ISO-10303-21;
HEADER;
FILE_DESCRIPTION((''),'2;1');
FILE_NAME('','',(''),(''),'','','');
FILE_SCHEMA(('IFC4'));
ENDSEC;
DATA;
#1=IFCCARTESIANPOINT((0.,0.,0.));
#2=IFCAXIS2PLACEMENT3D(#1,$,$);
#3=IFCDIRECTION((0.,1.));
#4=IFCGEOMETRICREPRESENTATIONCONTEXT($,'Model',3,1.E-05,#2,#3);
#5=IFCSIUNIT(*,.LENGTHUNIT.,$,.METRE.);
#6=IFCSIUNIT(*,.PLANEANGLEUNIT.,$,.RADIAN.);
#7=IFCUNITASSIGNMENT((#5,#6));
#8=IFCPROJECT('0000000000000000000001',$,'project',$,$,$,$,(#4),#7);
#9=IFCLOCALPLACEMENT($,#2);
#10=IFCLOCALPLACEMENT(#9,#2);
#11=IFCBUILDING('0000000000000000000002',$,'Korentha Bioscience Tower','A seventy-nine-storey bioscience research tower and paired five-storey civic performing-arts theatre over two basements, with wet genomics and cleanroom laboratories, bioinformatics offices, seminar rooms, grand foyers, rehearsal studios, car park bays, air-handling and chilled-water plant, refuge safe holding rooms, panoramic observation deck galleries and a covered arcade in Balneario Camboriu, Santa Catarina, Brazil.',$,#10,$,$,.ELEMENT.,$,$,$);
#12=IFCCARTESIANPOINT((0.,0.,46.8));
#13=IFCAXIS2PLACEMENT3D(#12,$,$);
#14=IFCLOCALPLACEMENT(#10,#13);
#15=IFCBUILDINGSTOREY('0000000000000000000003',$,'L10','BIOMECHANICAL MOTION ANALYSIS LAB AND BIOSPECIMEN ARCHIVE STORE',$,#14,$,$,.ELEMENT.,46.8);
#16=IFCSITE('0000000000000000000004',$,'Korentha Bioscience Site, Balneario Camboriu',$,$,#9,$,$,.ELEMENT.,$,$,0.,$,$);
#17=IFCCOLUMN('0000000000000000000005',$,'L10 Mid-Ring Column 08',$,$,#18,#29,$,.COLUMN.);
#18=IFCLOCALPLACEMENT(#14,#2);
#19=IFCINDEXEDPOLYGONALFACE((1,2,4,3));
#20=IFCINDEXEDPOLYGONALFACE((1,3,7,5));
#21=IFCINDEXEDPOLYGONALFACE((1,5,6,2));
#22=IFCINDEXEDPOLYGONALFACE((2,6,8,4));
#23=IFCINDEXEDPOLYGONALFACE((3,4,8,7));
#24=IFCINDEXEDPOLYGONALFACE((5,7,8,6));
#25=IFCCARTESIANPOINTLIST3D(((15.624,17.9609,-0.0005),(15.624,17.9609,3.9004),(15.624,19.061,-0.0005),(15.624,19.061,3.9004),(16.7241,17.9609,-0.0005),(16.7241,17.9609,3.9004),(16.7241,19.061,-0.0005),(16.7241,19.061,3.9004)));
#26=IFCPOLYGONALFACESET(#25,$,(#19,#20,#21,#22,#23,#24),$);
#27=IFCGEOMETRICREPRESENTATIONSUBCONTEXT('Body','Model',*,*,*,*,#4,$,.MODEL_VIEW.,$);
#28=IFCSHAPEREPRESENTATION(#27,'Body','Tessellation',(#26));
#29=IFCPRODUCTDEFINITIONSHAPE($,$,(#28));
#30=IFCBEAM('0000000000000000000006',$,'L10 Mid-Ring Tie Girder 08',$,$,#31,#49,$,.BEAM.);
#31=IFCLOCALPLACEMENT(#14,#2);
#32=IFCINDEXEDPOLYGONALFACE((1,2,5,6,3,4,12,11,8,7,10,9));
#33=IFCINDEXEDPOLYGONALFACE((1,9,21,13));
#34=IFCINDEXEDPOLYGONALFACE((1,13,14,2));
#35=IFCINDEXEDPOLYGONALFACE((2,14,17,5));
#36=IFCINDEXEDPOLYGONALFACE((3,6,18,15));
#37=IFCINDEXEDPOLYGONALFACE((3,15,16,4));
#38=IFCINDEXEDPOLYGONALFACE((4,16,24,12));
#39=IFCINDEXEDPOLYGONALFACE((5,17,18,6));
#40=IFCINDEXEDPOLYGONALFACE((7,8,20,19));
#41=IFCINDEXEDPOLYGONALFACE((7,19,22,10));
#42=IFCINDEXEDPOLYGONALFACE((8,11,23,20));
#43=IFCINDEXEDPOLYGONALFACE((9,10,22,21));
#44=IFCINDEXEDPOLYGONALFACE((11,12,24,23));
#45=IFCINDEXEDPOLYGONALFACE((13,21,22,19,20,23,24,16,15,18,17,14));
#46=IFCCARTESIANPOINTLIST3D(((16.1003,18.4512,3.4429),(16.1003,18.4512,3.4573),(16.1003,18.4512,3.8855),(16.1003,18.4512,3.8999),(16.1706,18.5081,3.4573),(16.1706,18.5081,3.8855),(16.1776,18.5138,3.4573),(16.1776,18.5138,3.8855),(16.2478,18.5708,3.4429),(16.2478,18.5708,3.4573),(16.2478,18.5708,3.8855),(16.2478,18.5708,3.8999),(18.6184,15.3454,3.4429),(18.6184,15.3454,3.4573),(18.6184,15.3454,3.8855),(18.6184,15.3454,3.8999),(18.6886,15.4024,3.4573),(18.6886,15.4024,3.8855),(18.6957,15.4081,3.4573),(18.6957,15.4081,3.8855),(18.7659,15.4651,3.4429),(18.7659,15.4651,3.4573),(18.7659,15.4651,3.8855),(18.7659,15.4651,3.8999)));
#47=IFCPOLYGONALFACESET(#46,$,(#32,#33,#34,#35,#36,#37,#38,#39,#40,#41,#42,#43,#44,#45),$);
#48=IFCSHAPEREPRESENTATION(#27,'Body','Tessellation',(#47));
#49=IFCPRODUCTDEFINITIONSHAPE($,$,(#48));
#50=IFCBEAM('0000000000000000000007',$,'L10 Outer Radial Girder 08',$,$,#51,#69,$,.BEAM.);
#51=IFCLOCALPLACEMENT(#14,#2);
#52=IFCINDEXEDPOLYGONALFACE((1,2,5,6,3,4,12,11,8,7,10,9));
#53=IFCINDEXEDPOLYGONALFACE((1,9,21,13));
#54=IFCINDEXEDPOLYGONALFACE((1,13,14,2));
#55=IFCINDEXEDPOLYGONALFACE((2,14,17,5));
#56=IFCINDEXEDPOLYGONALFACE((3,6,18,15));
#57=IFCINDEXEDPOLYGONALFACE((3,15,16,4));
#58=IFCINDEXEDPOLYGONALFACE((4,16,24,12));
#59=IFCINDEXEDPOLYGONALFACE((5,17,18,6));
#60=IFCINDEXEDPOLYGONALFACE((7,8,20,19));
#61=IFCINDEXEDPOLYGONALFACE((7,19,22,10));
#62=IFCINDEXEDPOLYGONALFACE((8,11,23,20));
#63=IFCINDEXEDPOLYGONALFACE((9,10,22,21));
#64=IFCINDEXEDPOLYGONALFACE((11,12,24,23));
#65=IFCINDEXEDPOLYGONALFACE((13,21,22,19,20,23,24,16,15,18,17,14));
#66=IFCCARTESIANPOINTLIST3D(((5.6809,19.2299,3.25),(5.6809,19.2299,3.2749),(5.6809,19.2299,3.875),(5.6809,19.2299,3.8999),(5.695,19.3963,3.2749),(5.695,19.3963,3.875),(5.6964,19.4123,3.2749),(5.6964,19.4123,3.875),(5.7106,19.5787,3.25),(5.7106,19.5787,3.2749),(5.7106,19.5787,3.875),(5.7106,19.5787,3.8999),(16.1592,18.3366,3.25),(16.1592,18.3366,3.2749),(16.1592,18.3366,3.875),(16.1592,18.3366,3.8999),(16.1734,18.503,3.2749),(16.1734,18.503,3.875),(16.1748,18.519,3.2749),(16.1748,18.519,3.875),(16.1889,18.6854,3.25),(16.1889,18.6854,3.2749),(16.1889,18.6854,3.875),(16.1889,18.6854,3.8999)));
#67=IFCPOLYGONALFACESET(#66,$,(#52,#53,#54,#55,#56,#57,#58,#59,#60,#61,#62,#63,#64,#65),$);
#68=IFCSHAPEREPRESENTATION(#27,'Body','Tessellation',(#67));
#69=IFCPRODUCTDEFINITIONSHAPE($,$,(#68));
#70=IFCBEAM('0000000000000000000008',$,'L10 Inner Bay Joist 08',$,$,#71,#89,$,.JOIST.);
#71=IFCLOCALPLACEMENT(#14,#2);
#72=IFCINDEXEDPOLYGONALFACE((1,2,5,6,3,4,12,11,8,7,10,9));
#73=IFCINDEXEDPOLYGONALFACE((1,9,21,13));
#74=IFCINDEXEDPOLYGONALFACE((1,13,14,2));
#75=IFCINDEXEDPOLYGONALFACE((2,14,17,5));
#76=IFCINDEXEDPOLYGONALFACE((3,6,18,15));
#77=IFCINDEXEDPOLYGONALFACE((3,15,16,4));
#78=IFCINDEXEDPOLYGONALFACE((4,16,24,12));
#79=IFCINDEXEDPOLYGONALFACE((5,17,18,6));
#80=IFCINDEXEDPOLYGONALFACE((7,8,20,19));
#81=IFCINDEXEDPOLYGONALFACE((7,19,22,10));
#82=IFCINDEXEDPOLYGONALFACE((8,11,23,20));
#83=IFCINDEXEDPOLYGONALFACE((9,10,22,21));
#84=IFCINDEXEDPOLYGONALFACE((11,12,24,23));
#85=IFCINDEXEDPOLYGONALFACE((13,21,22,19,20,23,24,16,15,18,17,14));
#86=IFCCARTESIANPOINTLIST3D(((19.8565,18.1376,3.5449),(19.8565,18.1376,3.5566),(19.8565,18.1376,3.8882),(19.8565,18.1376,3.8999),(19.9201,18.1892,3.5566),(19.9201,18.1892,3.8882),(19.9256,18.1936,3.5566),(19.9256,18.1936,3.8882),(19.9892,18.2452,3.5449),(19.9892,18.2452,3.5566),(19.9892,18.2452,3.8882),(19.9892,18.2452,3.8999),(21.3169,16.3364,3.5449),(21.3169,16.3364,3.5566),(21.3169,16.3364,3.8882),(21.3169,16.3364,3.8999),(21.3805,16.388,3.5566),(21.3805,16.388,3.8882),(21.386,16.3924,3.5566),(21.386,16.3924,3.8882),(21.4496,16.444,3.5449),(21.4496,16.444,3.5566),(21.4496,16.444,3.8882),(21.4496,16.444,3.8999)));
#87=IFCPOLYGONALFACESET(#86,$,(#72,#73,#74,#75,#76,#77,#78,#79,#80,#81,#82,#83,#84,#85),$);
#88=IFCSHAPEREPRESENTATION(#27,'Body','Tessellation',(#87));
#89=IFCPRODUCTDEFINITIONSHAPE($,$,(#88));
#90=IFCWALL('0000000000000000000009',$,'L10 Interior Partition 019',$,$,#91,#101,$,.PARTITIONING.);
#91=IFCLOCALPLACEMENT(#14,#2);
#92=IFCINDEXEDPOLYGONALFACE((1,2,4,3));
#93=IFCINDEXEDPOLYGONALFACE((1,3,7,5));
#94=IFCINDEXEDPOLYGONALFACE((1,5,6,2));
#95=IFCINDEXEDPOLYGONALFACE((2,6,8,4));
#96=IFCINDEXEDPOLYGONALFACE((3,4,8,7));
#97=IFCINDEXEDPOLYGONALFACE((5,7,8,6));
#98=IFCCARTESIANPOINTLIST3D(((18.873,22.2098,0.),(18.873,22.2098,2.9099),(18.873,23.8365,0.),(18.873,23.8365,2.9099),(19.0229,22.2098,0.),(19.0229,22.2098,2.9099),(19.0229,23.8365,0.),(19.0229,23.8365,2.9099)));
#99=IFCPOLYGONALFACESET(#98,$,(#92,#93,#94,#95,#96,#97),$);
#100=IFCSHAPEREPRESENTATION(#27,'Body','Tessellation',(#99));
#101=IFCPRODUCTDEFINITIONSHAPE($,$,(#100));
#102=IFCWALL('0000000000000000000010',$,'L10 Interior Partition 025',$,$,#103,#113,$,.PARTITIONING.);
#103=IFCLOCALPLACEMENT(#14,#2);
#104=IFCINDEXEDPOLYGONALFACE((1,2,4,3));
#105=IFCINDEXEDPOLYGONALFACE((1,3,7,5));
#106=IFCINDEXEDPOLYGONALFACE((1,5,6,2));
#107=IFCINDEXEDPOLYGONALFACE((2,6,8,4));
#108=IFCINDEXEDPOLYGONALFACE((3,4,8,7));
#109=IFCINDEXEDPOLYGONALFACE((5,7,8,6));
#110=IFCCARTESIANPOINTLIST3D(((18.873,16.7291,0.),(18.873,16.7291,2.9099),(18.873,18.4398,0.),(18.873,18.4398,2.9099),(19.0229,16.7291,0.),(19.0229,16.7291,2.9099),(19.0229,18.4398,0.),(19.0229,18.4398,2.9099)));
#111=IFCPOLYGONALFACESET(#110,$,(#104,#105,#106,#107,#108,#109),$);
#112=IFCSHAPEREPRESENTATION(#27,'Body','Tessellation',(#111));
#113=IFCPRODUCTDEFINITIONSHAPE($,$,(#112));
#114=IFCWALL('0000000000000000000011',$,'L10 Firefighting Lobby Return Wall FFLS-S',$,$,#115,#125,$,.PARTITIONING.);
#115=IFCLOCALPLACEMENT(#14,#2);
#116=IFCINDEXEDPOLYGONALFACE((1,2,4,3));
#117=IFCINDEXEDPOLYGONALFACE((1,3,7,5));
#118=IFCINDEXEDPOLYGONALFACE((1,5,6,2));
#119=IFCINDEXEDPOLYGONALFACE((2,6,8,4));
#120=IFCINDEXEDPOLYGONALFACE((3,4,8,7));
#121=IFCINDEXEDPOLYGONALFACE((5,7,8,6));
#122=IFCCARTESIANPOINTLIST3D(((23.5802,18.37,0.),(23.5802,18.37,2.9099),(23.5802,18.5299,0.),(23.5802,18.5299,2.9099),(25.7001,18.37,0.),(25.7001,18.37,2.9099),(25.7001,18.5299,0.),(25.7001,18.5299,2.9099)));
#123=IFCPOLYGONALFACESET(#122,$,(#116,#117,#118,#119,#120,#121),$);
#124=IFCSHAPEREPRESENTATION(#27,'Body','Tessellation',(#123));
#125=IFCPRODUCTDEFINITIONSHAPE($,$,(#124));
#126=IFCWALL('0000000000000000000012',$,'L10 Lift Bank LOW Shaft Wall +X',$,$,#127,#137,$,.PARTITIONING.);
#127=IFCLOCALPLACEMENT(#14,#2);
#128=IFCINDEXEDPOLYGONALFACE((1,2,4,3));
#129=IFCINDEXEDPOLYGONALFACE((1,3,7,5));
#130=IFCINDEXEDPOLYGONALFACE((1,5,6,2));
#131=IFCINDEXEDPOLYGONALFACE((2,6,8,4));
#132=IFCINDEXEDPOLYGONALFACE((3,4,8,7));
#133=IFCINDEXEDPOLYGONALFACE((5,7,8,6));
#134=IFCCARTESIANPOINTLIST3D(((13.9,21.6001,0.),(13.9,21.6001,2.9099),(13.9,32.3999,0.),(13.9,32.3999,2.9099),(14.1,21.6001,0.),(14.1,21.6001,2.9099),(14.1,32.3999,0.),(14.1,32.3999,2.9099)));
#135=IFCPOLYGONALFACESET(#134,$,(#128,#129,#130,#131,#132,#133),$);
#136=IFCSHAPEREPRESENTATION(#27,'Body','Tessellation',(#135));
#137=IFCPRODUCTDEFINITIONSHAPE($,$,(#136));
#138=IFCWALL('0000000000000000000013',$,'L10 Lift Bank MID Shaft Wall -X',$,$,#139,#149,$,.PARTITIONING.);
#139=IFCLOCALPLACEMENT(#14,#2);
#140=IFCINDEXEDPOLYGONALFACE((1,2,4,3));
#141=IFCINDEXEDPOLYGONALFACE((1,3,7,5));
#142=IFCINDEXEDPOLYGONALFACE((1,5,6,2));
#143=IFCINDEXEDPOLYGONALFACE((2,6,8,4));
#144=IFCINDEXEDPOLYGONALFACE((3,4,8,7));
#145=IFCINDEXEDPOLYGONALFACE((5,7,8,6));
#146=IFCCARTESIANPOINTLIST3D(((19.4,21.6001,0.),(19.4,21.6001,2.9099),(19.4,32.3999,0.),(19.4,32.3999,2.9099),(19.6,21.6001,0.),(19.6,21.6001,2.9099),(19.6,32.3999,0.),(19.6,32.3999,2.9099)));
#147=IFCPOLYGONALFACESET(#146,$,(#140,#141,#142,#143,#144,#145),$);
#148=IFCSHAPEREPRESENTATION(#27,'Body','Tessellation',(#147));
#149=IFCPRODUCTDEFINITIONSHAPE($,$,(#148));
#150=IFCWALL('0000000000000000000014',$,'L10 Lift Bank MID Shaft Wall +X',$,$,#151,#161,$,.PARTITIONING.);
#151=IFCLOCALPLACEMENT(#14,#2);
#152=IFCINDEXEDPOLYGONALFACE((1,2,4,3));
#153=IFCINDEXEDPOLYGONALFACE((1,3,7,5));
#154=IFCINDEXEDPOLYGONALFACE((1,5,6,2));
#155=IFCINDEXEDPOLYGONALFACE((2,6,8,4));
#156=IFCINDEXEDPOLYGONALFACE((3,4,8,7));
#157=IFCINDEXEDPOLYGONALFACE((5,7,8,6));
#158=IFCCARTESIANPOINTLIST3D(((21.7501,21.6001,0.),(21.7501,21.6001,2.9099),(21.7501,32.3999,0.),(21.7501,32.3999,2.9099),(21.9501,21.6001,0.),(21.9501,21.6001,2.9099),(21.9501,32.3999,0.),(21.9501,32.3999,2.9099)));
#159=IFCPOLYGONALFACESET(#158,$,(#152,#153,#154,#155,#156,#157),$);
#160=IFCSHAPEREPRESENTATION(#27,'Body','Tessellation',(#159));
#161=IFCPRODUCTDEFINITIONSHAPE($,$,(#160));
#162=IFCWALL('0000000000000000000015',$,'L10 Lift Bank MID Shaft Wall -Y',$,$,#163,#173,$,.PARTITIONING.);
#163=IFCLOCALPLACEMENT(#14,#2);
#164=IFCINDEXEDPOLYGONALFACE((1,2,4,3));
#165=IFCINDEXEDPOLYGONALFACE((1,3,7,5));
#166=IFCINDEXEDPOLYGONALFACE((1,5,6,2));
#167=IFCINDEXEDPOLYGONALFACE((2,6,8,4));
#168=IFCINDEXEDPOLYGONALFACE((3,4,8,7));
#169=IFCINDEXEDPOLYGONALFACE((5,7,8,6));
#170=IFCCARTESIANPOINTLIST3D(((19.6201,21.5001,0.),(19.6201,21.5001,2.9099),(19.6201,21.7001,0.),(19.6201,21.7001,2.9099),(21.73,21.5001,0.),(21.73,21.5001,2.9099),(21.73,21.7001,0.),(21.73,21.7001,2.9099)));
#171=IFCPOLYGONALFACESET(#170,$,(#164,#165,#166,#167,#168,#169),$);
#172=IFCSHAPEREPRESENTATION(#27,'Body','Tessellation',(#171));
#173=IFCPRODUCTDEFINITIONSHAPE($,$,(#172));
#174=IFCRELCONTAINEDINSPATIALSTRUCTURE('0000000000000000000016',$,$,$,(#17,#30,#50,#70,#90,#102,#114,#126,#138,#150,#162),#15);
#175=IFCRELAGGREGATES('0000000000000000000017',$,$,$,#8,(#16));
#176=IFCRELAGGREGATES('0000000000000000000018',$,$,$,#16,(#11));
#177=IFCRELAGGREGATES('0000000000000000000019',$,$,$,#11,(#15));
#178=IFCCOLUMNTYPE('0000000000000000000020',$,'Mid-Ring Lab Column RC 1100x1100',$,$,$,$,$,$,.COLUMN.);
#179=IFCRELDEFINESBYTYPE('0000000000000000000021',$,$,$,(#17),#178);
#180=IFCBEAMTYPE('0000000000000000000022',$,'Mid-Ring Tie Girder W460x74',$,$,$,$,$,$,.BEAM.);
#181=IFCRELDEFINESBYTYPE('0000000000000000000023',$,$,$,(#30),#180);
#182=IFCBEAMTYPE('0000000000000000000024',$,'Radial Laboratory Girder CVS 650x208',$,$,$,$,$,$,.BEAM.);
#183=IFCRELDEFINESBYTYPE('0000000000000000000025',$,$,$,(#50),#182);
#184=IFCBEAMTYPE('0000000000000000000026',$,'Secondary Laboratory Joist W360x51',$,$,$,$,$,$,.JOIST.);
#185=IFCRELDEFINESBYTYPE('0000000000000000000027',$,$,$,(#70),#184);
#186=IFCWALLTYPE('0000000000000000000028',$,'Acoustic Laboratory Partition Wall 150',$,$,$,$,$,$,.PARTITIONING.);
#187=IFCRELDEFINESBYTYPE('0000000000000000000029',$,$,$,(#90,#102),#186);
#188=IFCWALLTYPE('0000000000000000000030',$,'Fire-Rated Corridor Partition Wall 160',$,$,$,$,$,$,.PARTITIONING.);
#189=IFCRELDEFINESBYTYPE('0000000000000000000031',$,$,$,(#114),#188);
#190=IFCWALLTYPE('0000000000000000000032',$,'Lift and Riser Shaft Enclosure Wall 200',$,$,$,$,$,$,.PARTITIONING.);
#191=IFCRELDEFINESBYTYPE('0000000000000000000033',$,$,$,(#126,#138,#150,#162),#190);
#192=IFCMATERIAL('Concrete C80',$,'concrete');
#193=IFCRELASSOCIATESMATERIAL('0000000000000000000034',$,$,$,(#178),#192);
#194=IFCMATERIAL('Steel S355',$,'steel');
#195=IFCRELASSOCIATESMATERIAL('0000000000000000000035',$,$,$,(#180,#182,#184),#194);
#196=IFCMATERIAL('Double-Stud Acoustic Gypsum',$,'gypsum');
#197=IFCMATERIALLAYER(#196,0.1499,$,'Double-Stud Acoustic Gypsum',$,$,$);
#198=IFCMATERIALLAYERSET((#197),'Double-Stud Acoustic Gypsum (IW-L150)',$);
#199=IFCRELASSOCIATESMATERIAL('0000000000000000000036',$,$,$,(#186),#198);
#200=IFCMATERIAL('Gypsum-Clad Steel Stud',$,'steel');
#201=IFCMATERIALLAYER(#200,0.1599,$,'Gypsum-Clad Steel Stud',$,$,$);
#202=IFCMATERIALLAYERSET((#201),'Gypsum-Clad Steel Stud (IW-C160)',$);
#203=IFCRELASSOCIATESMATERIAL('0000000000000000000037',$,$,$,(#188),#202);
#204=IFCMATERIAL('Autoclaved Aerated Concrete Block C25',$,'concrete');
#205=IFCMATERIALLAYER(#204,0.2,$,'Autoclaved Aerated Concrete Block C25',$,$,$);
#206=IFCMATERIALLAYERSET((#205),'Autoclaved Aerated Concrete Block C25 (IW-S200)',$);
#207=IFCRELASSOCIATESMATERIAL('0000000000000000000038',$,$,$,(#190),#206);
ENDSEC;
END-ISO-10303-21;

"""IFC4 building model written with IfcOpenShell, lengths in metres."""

from ifc_helpers import new_model, si_unit, direction, frame, frame_2d, origin, origin_2d, place, context, subcontext, project, spatial, rectangle, i_section, extrude, material, layer, layer_set, material_profile, profile_set, type_object, element, save


model = new_model("IFC4")

# Units and contexts
model_context = context("Model", 3, precision=1e-05, world=origin(), true_north=direction((0.0, 1.0)))
body_context = subcontext(model_context, "Body", "Model", "MODEL_VIEW")
ifc_project = project(units=[si_unit("LENGTHUNIT", "METRE"), si_unit("PLANEANGLEUNIT", "RADIAN")], contexts=[model_context])

# Site, building, storey
site_placement = place(None, origin())
site = spatial("IfcSite", under=ifc_project, at=site_placement, Name="Korentha Bioscience Site, Balneario Camboriu", CompositionType="ELEMENT", RefElevation=0.0)
building_placement = place(site_placement, origin())
building = spatial("IfcBuilding", under=site, at=building_placement, Name="Korentha Bioscience Tower", Description="A seventy-nine-storey bioscience research tower and paired five-storey civic performing-arts theatre over two basements, with wet genomics and cleanroom laboratories, bioinformatics offices, seminar rooms, grand foyers, rehearsal studios, car park bays, air-handling and chilled-water plant, refuge safe holding rooms, panoramic observation deck galleries and a covered arcade in Balneario Camboriu, Santa Catarina, Brazil.", CompositionType="ELEMENT")
storey_placement = place(building_placement, frame((0.0, 0.0, 46.8)))
storey = spatial("IfcBuildingStorey", under=building, at=storey_placement, Name="L10", Description="BIOMECHANICAL MOTION ANALYSIS LAB AND BIOSPECIMEN ARCHIVE STORE", CompositionType="ELEMENT", Elevation=46.8)

# Column
ifc_material_1 = material(Name="Concrete C80", Category="concrete")
ifc_material_profile_1 = material_profile(ifc_material_1, rectangle(XDim=1.1001, YDim=1.1001, at=origin_2d()), Name="Concrete C80")
ifc_profile_set_1 = profile_set([ifc_material_profile_1], Name="Concrete C80 (COL-MR11)")
column_type = type_object("IfcColumnType", Name="Mid-Ring Lab Column RC 1100x1100", PredefinedType="COLUMN", material=ifc_profile_set_1)
column_placement = place(storey_placement, frame((16.1741, 18.511, -0.0005), z_axis=(0.0, 0.0, 1.0), x_axis=(1.0, 0.0, 0.0)))
element("IfcColumn", 1, at=column_placement, inside=storey, type_object=column_type, Name="L10 Mid-Ring Column 08", PredefinedType="COLUMN", context=body_context, shape_type="SweptSolid", body=[
    extrude(rectangle(XDim=1.1001, YDim=1.1001, at=origin_2d()), origin(), (0.0, 0.0, 1.0), 3.9009),
])

# Beams
ifc_material_2 = material(Name="Steel S355", Category="steel")
ifc_material_profile_2 = material_profile(ifc_material_2, i_section(OverallWidth=0.1899, OverallDepth=0.457, WebThickness=0.009, FlangeThickness=0.0144, at=origin_2d()), Name="Steel S355")
ifc_profile_set_2 = profile_set([ifc_material_profile_2], Name="Steel S355 (MB-460)")
beam_type_1 = type_object("IfcBeamType", Name="Mid-Ring Tie Girder W460x74", PredefinedType="BEAM", material=ifc_profile_set_2)
beam_1_placement = place(storey_placement, frame((16.1741, 18.511, 3.6714), z_axis=(0.62979, -0.776765, 0.0), x_axis=(0.776765, 0.62979, 0.0)))
element("IfcBeam", 2, at=beam_1_placement, inside=storey, type_object=beam_type_1, Name="L10 Mid-Ring Tie Girder 08", PredefinedType="BEAM", context=body_context, shape_type="SweptSolid", body=[
    extrude(i_section(OverallWidth=0.1899, OverallDepth=0.457, WebThickness=0.009, FlangeThickness=0.0144, at=origin_2d()), origin(), (0.0, 0.0, 1.0), 3.9983),
])
ifc_material_profile_3 = material_profile(ifc_material_2, i_section(OverallWidth=0.3501, OverallDepth=0.6499, WebThickness=0.0161, FlangeThickness=0.0249, at=origin_2d()), Name="Steel S355")
ifc_profile_set_3 = profile_set([ifc_material_profile_3], Name="Steel S355 (RB-650)")
beam_type_2 = type_object("IfcBeamType", Name="Radial Laboratory Girder CVS 650x208", PredefinedType="BEAM", material=ifc_profile_set_3)
beam_2_placement = place(storey_placement, frame((16.1741, 18.511, 3.575), z_axis=(-0.996386, 0.084945, 0.0), x_axis=(-0.084945, -0.996386, 0.0)))
element("IfcBeam", 3, at=beam_2_placement, inside=storey, type_object=beam_type_2, Name="L10 Outer Radial Girder 08", PredefinedType="BEAM", context=body_context, shape_type="SweptSolid", body=[
    extrude(i_section(OverallWidth=0.3501, OverallDepth=0.6499, WebThickness=0.0161, FlangeThickness=0.0249, at=origin_2d()), origin(), (0.0, 0.0, 1.0), 10.5164),
])
ifc_material_profile_4 = material_profile(ifc_material_2, i_section(OverallWidth=0.1709, OverallDepth=0.355, WebThickness=0.0071, FlangeThickness=0.0117, at=origin_2d()), Name="Steel S355")
ifc_profile_set_4 = profile_set([ifc_material_profile_4], Name="Steel S355 (JB-360)")
beam_type_3 = type_object("IfcBeamType", Name="Secondary Laboratory Joist W360x51", PredefinedType="JOIST", material=ifc_profile_set_4)
beam_3_placement = place(storey_placement, frame((19.9229, 18.1914, 3.7224), z_axis=(0.629792, -0.776764, 0.0), x_axis=(0.776764, 0.629792, 0.0)))
element("IfcBeam", 4, at=beam_3_placement, inside=storey, type_object=beam_type_3, Name="L10 Inner Bay Joist 08", PredefinedType="JOIST", context=body_context, shape_type="SweptSolid", body=[
    extrude(i_section(OverallWidth=0.1709, OverallDepth=0.355, WebThickness=0.0071, FlangeThickness=0.0117, at=origin_2d()), origin(), (0.0, 0.0, 1.0), 2.3188),
])

# Shared definitions
ifc_material_3 = material(Name="Double-Stud Acoustic Gypsum", Category="gypsum")
ifc_layer_1 = layer(ifc_material_3, 0.1499, Name="Double-Stud Acoustic Gypsum")
ifc_layer_set_1 = layer_set([ifc_layer_1], Name="Double-Stud Acoustic Gypsum (IW-L150)")
wall_type_1 = type_object("IfcWallType", Name="Acoustic Laboratory Partition Wall 150", PredefinedType="PARTITIONING", material=ifc_layer_set_1)

# Walls
wall_1_placement = place(storey_placement, frame((18.948, 23.8367, 0.0), z_axis=(0.0, 0.0, 1.0), x_axis=(0.0, -1.0, 0.0)))
element("IfcWall", 5, at=wall_1_placement, inside=storey, type_object=wall_type_1, Name="L10 Interior Partition 019", PredefinedType="PARTITIONING", context=body_context, shape_type="SweptSolid", body=[
    extrude(rectangle(XDim=1.6267, YDim=0.1499, at=frame_2d((0.8135, 0.0))), origin(), (0.0, 0.0, 1.0), 2.9099),
])
wall_2_placement = place(storey_placement, frame((18.948, 18.4399, 0.0), z_axis=(0.0, 0.0, 1.0), x_axis=(0.0, -1.0, 0.0)))
element("IfcWall", 6, at=wall_2_placement, inside=storey, type_object=wall_type_1, Name="L10 Interior Partition 025", PredefinedType="PARTITIONING", context=body_context, shape_type="SweptSolid", body=[
    extrude(rectangle(XDim=1.7107, YDim=0.1499, at=frame_2d((0.8555, 0.0))), origin(), (0.0, 0.0, 1.0), 2.9099),
])

# Shared definitions
ifc_material_4 = material(Name="Gypsum-Clad Steel Stud", Category="steel")
ifc_layer_2 = layer(ifc_material_4, 0.1599, Name="Gypsum-Clad Steel Stud")
ifc_layer_set_2 = layer_set([ifc_layer_2], Name="Gypsum-Clad Steel Stud (IW-C160)")
wall_type_2 = type_object("IfcWallType", Name="Fire-Rated Corridor Partition Wall 160", PredefinedType="PARTITIONING", material=ifc_layer_set_2)

# Wall
wall_3_placement = place(storey_placement, frame((23.5801, 18.45, 0.0), z_axis=(0.0, 0.0, 1.0), x_axis=(1.0, 0.0, 0.0)))
element("IfcWall", 7, at=wall_3_placement, inside=storey, type_object=wall_type_2, Name="L10 Firefighting Lobby Return Wall FFLS-S", PredefinedType="PARTITIONING", context=body_context, shape_type="SweptSolid", body=[
    extrude(rectangle(XDim=2.1199, YDim=0.1599, at=frame_2d((1.0601, 0.0))), origin(), (0.0, 0.0, 1.0), 2.9099),
])

# Walls
ifc_material_5 = material(Name="Autoclaved Aerated Concrete Block C25", Category="concrete")
ifc_layer_3 = layer(ifc_material_5, 0.2, Name="Autoclaved Aerated Concrete Block C25")
ifc_layer_set_3 = layer_set([ifc_layer_3], Name="Autoclaved Aerated Concrete Block C25 (IW-S200)")
wall_type_3 = type_object("IfcWallType", Name="Lift and Riser Shaft Enclosure Wall 200", PredefinedType="PARTITIONING", material=ifc_layer_set_3)
for number, where, z_axis, x_axis, name in (
    (8, (14.0, 21.6001, 0.0), (0.0, 0.0, 1.0), (0.0, 1.0, 0.0), "L10 Lift Bank LOW Shaft Wall +X"),
    (9, (19.5, 21.6001, 0.0), (0.0, 0.0, 1.0), (0.0, 1.0, 0.0), "L10 Lift Bank MID Shaft Wall -X"),
    (10, (21.8501, 21.6001, 0.0), (0.0, 0.0, 1.0), (0.0, 1.0, 0.0), "L10 Lift Bank MID Shaft Wall +X"),
):
    element("IfcWall", number, at=place(storey_placement, frame(where, z_axis=z_axis, x_axis=x_axis)), inside=storey, type_object=wall_type_3, Name=name, PredefinedType="PARTITIONING", context=body_context, shape_type="SweptSolid", body=[
        extrude(rectangle(XDim=10.7998, YDim=0.2, at=frame_2d((5.3999, 0.0))), origin(), (0.0, 0.0, 1.0), 2.9099),
    ])
wall_4_placement = place(storey_placement, frame((19.6201, 21.6001, 0.0), z_axis=(0.0, 0.0, 1.0), x_axis=(1.0, 0.0, 0.0)))
element("IfcWall", 11, at=wall_4_placement, inside=storey, type_object=wall_type_3, Name="L10 Lift Bank MID Shaft Wall -Y", PredefinedType="PARTITIONING", context=body_context, shape_type="SweptSolid", body=[
    extrude(rectangle(XDim=2.1099, YDim=0.2, at=frame_2d((1.0549, 0.0))), origin(), (0.0, 0.0, 1.0), 2.9099),
])

save(model, "model.ifc")
